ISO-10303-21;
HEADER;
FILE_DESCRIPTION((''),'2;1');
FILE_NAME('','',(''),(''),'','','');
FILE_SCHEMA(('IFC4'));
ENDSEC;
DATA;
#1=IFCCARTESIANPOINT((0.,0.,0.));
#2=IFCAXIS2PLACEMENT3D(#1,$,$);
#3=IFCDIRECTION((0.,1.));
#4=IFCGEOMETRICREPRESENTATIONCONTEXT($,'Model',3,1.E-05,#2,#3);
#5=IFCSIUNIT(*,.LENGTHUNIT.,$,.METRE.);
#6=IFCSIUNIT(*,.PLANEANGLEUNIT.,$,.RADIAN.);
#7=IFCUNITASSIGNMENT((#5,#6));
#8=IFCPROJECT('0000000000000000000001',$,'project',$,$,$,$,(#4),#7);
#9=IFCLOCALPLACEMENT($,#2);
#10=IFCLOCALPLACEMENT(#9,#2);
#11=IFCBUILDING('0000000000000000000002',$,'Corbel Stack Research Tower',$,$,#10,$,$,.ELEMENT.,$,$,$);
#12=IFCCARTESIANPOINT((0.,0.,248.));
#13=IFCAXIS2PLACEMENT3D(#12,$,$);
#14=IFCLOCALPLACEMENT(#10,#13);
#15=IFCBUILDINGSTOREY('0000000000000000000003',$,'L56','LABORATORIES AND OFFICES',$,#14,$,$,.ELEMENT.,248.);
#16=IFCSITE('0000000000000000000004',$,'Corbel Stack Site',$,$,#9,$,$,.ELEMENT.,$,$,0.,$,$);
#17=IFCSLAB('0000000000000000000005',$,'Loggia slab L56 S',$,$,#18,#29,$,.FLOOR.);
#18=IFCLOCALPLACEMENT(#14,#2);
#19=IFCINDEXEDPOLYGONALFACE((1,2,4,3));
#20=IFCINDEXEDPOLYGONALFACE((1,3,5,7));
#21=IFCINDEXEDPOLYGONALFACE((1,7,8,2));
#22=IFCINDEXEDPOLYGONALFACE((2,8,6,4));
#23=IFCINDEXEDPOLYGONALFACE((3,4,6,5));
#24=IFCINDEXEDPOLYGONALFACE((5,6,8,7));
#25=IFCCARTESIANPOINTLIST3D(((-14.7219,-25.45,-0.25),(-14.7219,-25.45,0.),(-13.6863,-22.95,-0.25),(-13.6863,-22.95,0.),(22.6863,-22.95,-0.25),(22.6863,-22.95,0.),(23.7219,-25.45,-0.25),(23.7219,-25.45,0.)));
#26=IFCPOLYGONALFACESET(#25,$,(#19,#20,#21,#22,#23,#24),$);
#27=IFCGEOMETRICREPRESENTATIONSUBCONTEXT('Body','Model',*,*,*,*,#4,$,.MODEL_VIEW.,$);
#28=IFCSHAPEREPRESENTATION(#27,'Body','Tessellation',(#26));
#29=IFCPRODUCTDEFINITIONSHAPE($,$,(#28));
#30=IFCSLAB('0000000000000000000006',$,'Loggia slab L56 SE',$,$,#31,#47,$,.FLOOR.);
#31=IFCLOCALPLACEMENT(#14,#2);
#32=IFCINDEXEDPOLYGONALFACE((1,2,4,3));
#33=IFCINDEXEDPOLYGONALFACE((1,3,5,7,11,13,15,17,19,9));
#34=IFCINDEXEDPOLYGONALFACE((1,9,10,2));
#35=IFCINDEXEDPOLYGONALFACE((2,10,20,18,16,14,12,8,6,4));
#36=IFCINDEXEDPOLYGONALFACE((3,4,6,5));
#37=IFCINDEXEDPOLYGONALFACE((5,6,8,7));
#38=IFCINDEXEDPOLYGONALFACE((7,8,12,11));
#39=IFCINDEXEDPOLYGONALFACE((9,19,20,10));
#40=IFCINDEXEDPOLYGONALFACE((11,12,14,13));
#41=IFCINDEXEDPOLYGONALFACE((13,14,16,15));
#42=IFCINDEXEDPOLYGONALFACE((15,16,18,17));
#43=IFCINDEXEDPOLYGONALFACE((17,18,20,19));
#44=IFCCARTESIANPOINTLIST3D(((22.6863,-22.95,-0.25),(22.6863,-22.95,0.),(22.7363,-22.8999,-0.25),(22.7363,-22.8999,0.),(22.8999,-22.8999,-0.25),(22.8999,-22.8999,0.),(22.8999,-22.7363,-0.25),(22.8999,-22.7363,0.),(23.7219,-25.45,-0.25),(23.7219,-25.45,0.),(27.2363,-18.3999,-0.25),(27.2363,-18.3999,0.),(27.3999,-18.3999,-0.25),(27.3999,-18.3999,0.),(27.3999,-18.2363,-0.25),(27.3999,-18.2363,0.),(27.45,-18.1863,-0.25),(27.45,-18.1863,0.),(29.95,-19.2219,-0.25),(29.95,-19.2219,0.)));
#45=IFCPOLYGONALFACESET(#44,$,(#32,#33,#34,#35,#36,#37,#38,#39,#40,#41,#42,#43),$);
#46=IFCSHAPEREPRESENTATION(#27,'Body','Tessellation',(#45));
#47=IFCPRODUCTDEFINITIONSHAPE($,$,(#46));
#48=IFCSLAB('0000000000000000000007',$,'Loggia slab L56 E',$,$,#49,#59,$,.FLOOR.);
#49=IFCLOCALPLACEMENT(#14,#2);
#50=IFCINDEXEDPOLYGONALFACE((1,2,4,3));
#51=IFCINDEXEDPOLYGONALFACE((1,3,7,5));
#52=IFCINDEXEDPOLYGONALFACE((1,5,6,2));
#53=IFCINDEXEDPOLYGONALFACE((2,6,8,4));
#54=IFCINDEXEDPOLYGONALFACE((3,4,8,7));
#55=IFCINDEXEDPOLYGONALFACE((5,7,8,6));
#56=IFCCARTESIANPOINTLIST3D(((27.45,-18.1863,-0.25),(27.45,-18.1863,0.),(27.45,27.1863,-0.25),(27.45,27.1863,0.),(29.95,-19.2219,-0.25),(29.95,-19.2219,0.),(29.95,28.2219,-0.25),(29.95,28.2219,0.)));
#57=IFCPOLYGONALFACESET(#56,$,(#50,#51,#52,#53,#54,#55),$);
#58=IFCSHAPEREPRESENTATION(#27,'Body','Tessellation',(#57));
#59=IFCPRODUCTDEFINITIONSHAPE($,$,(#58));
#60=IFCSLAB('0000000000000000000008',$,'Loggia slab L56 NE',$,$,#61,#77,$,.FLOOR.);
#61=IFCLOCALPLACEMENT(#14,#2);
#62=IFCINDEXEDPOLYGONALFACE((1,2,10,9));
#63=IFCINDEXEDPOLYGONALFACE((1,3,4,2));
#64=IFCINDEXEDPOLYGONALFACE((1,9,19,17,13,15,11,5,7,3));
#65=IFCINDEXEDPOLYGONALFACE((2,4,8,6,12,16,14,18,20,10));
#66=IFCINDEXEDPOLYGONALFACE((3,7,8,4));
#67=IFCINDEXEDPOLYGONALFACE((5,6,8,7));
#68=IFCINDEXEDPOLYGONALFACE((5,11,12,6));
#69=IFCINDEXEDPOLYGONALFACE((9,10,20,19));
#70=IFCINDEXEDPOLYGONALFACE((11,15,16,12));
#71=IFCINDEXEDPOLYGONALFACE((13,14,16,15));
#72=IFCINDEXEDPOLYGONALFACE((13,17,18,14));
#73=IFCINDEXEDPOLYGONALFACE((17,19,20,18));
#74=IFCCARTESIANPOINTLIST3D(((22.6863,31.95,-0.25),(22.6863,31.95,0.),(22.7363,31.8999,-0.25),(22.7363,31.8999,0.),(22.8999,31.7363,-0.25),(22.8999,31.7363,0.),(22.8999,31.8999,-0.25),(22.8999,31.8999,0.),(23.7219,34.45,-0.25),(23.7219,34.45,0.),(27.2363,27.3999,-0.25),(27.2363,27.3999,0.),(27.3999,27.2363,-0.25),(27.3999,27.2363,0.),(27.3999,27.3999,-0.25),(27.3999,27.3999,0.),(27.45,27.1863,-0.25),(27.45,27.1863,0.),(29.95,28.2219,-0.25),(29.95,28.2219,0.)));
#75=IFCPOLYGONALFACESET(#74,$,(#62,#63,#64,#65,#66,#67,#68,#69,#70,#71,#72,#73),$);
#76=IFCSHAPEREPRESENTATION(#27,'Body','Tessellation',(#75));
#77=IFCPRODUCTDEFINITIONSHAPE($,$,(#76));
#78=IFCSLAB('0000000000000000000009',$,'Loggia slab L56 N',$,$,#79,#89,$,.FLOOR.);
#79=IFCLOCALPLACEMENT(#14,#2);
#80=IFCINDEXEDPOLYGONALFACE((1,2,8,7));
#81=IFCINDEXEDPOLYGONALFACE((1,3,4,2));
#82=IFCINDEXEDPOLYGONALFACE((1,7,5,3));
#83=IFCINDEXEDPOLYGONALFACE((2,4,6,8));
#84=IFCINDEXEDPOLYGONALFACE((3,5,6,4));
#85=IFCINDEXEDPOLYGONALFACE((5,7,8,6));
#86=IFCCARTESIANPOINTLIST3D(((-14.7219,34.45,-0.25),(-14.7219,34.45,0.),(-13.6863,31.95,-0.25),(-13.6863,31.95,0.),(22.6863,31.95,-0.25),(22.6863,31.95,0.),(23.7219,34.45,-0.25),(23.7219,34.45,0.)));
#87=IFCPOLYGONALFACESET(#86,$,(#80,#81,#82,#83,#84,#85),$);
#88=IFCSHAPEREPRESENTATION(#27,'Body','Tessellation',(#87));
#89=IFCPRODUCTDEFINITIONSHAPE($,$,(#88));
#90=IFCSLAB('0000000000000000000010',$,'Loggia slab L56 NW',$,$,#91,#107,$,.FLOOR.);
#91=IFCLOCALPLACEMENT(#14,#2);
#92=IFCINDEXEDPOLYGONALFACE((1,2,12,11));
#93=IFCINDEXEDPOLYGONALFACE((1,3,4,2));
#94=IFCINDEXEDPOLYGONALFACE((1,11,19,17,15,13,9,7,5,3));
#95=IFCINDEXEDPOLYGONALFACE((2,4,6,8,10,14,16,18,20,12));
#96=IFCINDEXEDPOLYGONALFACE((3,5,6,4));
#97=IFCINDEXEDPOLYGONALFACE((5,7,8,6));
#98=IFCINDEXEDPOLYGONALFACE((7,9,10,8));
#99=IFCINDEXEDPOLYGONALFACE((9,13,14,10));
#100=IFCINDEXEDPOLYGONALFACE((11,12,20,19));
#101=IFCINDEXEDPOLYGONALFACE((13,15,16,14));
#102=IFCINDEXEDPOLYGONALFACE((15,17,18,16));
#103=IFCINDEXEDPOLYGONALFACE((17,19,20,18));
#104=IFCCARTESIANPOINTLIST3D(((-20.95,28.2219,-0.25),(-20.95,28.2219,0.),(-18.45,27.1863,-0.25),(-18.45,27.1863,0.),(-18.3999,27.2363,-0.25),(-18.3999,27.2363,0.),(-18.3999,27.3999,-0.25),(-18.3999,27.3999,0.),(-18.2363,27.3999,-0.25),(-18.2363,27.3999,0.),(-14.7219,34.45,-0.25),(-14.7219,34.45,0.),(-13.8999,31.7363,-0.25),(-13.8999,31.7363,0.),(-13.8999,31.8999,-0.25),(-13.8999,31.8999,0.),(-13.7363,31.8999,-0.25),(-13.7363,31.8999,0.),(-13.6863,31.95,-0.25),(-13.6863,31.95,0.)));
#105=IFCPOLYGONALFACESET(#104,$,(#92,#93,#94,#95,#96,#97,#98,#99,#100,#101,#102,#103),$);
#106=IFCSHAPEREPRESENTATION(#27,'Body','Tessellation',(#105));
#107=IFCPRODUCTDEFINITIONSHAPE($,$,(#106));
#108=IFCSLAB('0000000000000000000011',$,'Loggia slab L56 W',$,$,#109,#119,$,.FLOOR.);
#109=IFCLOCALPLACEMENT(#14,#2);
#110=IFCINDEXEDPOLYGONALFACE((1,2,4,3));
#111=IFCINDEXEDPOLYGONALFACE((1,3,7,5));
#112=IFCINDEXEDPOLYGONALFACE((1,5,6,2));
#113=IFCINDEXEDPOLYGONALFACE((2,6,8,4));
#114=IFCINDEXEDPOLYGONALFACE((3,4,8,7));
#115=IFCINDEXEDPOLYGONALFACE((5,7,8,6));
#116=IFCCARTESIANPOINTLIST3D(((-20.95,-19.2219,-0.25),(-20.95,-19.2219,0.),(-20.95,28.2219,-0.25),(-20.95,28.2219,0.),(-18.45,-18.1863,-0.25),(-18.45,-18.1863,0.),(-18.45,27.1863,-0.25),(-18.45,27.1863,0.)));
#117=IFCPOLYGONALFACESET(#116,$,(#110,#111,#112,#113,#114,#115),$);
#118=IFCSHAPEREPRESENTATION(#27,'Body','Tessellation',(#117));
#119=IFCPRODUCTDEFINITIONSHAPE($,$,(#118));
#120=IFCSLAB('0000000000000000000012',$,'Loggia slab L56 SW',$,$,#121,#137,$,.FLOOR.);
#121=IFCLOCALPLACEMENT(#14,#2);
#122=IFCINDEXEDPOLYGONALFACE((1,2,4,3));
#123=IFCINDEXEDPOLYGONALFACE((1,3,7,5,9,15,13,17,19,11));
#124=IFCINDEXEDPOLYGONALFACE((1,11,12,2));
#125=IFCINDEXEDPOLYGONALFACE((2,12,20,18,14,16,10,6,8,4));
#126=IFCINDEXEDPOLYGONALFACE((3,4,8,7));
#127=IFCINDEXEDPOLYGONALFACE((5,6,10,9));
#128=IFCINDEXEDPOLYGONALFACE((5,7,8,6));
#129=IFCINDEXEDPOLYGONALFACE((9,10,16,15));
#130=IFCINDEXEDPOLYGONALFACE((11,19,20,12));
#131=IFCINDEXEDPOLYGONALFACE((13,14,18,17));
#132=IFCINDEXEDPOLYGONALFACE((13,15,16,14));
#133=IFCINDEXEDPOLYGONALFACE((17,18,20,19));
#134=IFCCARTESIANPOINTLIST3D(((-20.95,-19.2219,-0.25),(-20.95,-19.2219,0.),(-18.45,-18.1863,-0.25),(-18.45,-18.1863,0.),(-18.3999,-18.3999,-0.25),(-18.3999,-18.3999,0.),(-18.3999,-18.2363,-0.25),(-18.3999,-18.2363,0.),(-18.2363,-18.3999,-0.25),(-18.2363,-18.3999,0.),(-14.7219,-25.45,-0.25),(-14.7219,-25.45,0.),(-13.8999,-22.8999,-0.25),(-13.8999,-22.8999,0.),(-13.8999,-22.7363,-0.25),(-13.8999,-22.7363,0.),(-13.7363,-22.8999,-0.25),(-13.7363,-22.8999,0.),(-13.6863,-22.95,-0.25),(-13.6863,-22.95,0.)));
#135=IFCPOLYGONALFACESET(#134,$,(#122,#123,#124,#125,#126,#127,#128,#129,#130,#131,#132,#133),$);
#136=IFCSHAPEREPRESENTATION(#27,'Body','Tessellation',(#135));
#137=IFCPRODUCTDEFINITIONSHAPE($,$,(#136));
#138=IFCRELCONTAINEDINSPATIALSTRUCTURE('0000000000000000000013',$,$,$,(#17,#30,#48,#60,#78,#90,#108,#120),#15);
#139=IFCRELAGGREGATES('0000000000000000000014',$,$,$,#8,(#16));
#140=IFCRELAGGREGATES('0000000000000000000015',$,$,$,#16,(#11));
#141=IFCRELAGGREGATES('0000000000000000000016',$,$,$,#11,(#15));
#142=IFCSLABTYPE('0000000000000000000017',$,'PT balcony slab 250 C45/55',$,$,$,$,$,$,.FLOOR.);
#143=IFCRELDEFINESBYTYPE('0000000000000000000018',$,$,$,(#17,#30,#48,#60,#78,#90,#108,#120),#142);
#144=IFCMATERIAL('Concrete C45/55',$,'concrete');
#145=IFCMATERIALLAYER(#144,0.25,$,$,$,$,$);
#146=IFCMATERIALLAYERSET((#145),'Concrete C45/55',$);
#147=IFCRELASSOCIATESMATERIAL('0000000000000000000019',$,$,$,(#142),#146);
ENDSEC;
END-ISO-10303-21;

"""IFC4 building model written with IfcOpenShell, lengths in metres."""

from ifc_helpers import new_model, si_unit, direction, frame, origin, place, context, subcontext, project, spatial, polyline, outline, extrude, material, layer, layer_set, type_object, element, save


model = new_model("IFC4")

# Units and contexts
model_context = context("Model", 3, precision=1e-05, world=origin(), true_north=direction((0.0, 1.0)))
body_context = subcontext(model_context, "Body", "Model", "MODEL_VIEW")
ifc_project = project(units=[si_unit("LENGTHUNIT", "METRE"), si_unit("PLANEANGLEUNIT", "RADIAN")], contexts=[model_context])

# Site, building, storey
site_placement = place(None, origin())
site = spatial("IfcSite", under=ifc_project, at=site_placement, Name="Corbel Stack Site", CompositionType="ELEMENT", RefElevation=0.0)
building_placement = place(site_placement, origin())
building = spatial("IfcBuilding", under=site, at=building_placement, Name="Corbel Stack Research Tower", CompositionType="ELEMENT")
storey_placement = place(building_placement, frame((0.0, 0.0, 248.0)))
storey = spatial("IfcBuildingStorey", under=building, at=storey_placement, Name="L56", Description="LABORATORIES AND OFFICES", CompositionType="ELEMENT", Elevation=248.0)

# Slabs
ifc_material_1 = material(Name="Concrete C45/55", Category="concrete")
ifc_layer_1 = layer(ifc_material_1, 0.25)
ifc_layer_set_1 = layer_set([ifc_layer_1], Name="Concrete C45/55")
slab_type_1 = type_object("IfcSlabType", Name="PT balcony slab 250 C45/55", PredefinedType="FLOOR", material=ifc_layer_set_1)
slab_1_placement = place(storey_placement, frame((0.0, 0.0, -0.25)))
element("IfcSlab", 1, at=slab_1_placement, inside=storey, type_object=slab_type_1, Name="Loggia slab L56 S", PredefinedType="FLOOR", context=body_context, shape_type="SweptSolid", body=[
    extrude(outline(polyline([(22.6863, -22.95), (-13.6863, -22.95), (-14.7219, -25.45), (23.7219, -25.45), (22.6863, -22.95)])), origin(), (0.0, 0.0, 1.0), 0.25),
])
slab_2_placement = place(storey_placement, frame((0.0, 0.0, -0.25)))
element("IfcSlab", 2, at=slab_2_placement, inside=storey, type_object=slab_type_1, Name="Loggia slab L56 SE", PredefinedType="FLOOR", context=body_context, shape_type="SweptSolid", body=[
    extrude(outline(polyline([(27.45, -18.1863), (27.3999, -18.2363), (27.3999, -18.3999), (27.2363, -18.3999), (22.8999, -22.7363), (22.8999, -22.8999), (22.7363, -22.8999), (22.6863, -22.95), (23.7219, -25.45), (29.95, -19.2219), (27.45, -18.1863)])), origin(), (0.0, 0.0, 1.0), 0.25),
])
slab_3_placement = place(storey_placement, frame((0.0, 0.0, -0.25)))
element("IfcSlab", 3, at=slab_3_placement, inside=storey, type_object=slab_type_1, Name="Loggia slab L56 E", PredefinedType="FLOOR", context=body_context, shape_type="SweptSolid", body=[
    extrude(outline(polyline([(27.45, 27.1863), (27.45, -18.1863), (29.95, -19.2219), (29.95, 28.2219), (27.45, 27.1863)])), origin(), (0.0, 0.0, 1.0), 0.25),
])
slab_4_placement = place(storey_placement, frame((0.0, 0.0, -0.25)))
element("IfcSlab", 4, at=slab_4_placement, inside=storey, type_object=slab_type_1, Name="Loggia slab L56 NE", PredefinedType="FLOOR", context=body_context, shape_type="SweptSolid", body=[
    extrude(outline(polyline([(22.6863, 31.95), (22.7363, 31.8999), (22.8999, 31.8999), (22.8999, 31.7363), (27.2363, 27.3999), (27.3999, 27.3999), (27.3999, 27.2363), (27.45, 27.1863), (29.95, 28.2219), (23.7219, 34.45), (22.6863, 31.95)])), origin(), (0.0, 0.0, 1.0), 0.25),
])
slab_5_placement = place(storey_placement, frame((0.0, 0.0, -0.25)))
element("IfcSlab", 5, at=slab_5_placement, inside=storey, type_object=slab_type_1, Name="Loggia slab L56 N", PredefinedType="FLOOR", context=body_context, shape_type="SweptSolid", body=[
    extrude(outline(polyline([(-13.6863, 31.95), (22.6863, 31.95), (23.7219, 34.45), (-14.7219, 34.45), (-13.6863, 31.95)])), origin(), (0.0, 0.0, 1.0), 0.25),
])
slab_6_placement = place(storey_placement, frame((0.0, 0.0, -0.25)))
element("IfcSlab", 6, at=slab_6_placement, inside=storey, type_object=slab_type_1, Name="Loggia slab L56 NW", PredefinedType="FLOOR", context=body_context, shape_type="SweptSolid", body=[
    extrude(outline(polyline([(-18.45, 27.1863), (-18.3999, 27.2363), (-18.3999, 27.3999), (-18.2363, 27.3999), (-13.8999, 31.7363), (-13.8999, 31.8999), (-13.7363, 31.8999), (-13.6863, 31.95), (-14.7219, 34.45), (-20.95, 28.2219), (-18.45, 27.1863)])), origin(), (0.0, 0.0, 1.0), 0.25),
])
slab_7_placement = place(storey_placement, frame((0.0, 0.0, -0.25)))
element("IfcSlab", 7, at=slab_7_placement, inside=storey, type_object=slab_type_1, Name="Loggia slab L56 W", PredefinedType="FLOOR", context=body_context, shape_type="SweptSolid", body=[
    extrude(outline(polyline([(-18.45, -18.1863), (-18.45, 27.1863), (-20.95, 28.2219), (-20.95, -19.2219), (-18.45, -18.1863)])), origin(), (0.0, 0.0, 1.0), 0.25),
])
slab_8_placement = place(storey_placement, frame((0.0, 0.0, -0.25)))
element("IfcSlab", 8, at=slab_8_placement, inside=storey, type_object=slab_type_1, Name="Loggia slab L56 SW", PredefinedType="FLOOR", context=body_context, shape_type="SweptSolid", body=[
    extrude(outline(polyline([(-13.6863, -22.95), (-13.7363, -22.8999), (-13.8999, -22.8999), (-13.8999, -22.7363), (-18.2363, -18.3999), (-18.3999, -18.3999), (-18.3999, -18.2363), (-18.45, -18.1863), (-20.95, -19.2219), (-14.7219, -25.45), (-13.6863, -22.95)])), origin(), (0.0, 0.0, 1.0), 0.25),
])

save(model, "model.ifc")
